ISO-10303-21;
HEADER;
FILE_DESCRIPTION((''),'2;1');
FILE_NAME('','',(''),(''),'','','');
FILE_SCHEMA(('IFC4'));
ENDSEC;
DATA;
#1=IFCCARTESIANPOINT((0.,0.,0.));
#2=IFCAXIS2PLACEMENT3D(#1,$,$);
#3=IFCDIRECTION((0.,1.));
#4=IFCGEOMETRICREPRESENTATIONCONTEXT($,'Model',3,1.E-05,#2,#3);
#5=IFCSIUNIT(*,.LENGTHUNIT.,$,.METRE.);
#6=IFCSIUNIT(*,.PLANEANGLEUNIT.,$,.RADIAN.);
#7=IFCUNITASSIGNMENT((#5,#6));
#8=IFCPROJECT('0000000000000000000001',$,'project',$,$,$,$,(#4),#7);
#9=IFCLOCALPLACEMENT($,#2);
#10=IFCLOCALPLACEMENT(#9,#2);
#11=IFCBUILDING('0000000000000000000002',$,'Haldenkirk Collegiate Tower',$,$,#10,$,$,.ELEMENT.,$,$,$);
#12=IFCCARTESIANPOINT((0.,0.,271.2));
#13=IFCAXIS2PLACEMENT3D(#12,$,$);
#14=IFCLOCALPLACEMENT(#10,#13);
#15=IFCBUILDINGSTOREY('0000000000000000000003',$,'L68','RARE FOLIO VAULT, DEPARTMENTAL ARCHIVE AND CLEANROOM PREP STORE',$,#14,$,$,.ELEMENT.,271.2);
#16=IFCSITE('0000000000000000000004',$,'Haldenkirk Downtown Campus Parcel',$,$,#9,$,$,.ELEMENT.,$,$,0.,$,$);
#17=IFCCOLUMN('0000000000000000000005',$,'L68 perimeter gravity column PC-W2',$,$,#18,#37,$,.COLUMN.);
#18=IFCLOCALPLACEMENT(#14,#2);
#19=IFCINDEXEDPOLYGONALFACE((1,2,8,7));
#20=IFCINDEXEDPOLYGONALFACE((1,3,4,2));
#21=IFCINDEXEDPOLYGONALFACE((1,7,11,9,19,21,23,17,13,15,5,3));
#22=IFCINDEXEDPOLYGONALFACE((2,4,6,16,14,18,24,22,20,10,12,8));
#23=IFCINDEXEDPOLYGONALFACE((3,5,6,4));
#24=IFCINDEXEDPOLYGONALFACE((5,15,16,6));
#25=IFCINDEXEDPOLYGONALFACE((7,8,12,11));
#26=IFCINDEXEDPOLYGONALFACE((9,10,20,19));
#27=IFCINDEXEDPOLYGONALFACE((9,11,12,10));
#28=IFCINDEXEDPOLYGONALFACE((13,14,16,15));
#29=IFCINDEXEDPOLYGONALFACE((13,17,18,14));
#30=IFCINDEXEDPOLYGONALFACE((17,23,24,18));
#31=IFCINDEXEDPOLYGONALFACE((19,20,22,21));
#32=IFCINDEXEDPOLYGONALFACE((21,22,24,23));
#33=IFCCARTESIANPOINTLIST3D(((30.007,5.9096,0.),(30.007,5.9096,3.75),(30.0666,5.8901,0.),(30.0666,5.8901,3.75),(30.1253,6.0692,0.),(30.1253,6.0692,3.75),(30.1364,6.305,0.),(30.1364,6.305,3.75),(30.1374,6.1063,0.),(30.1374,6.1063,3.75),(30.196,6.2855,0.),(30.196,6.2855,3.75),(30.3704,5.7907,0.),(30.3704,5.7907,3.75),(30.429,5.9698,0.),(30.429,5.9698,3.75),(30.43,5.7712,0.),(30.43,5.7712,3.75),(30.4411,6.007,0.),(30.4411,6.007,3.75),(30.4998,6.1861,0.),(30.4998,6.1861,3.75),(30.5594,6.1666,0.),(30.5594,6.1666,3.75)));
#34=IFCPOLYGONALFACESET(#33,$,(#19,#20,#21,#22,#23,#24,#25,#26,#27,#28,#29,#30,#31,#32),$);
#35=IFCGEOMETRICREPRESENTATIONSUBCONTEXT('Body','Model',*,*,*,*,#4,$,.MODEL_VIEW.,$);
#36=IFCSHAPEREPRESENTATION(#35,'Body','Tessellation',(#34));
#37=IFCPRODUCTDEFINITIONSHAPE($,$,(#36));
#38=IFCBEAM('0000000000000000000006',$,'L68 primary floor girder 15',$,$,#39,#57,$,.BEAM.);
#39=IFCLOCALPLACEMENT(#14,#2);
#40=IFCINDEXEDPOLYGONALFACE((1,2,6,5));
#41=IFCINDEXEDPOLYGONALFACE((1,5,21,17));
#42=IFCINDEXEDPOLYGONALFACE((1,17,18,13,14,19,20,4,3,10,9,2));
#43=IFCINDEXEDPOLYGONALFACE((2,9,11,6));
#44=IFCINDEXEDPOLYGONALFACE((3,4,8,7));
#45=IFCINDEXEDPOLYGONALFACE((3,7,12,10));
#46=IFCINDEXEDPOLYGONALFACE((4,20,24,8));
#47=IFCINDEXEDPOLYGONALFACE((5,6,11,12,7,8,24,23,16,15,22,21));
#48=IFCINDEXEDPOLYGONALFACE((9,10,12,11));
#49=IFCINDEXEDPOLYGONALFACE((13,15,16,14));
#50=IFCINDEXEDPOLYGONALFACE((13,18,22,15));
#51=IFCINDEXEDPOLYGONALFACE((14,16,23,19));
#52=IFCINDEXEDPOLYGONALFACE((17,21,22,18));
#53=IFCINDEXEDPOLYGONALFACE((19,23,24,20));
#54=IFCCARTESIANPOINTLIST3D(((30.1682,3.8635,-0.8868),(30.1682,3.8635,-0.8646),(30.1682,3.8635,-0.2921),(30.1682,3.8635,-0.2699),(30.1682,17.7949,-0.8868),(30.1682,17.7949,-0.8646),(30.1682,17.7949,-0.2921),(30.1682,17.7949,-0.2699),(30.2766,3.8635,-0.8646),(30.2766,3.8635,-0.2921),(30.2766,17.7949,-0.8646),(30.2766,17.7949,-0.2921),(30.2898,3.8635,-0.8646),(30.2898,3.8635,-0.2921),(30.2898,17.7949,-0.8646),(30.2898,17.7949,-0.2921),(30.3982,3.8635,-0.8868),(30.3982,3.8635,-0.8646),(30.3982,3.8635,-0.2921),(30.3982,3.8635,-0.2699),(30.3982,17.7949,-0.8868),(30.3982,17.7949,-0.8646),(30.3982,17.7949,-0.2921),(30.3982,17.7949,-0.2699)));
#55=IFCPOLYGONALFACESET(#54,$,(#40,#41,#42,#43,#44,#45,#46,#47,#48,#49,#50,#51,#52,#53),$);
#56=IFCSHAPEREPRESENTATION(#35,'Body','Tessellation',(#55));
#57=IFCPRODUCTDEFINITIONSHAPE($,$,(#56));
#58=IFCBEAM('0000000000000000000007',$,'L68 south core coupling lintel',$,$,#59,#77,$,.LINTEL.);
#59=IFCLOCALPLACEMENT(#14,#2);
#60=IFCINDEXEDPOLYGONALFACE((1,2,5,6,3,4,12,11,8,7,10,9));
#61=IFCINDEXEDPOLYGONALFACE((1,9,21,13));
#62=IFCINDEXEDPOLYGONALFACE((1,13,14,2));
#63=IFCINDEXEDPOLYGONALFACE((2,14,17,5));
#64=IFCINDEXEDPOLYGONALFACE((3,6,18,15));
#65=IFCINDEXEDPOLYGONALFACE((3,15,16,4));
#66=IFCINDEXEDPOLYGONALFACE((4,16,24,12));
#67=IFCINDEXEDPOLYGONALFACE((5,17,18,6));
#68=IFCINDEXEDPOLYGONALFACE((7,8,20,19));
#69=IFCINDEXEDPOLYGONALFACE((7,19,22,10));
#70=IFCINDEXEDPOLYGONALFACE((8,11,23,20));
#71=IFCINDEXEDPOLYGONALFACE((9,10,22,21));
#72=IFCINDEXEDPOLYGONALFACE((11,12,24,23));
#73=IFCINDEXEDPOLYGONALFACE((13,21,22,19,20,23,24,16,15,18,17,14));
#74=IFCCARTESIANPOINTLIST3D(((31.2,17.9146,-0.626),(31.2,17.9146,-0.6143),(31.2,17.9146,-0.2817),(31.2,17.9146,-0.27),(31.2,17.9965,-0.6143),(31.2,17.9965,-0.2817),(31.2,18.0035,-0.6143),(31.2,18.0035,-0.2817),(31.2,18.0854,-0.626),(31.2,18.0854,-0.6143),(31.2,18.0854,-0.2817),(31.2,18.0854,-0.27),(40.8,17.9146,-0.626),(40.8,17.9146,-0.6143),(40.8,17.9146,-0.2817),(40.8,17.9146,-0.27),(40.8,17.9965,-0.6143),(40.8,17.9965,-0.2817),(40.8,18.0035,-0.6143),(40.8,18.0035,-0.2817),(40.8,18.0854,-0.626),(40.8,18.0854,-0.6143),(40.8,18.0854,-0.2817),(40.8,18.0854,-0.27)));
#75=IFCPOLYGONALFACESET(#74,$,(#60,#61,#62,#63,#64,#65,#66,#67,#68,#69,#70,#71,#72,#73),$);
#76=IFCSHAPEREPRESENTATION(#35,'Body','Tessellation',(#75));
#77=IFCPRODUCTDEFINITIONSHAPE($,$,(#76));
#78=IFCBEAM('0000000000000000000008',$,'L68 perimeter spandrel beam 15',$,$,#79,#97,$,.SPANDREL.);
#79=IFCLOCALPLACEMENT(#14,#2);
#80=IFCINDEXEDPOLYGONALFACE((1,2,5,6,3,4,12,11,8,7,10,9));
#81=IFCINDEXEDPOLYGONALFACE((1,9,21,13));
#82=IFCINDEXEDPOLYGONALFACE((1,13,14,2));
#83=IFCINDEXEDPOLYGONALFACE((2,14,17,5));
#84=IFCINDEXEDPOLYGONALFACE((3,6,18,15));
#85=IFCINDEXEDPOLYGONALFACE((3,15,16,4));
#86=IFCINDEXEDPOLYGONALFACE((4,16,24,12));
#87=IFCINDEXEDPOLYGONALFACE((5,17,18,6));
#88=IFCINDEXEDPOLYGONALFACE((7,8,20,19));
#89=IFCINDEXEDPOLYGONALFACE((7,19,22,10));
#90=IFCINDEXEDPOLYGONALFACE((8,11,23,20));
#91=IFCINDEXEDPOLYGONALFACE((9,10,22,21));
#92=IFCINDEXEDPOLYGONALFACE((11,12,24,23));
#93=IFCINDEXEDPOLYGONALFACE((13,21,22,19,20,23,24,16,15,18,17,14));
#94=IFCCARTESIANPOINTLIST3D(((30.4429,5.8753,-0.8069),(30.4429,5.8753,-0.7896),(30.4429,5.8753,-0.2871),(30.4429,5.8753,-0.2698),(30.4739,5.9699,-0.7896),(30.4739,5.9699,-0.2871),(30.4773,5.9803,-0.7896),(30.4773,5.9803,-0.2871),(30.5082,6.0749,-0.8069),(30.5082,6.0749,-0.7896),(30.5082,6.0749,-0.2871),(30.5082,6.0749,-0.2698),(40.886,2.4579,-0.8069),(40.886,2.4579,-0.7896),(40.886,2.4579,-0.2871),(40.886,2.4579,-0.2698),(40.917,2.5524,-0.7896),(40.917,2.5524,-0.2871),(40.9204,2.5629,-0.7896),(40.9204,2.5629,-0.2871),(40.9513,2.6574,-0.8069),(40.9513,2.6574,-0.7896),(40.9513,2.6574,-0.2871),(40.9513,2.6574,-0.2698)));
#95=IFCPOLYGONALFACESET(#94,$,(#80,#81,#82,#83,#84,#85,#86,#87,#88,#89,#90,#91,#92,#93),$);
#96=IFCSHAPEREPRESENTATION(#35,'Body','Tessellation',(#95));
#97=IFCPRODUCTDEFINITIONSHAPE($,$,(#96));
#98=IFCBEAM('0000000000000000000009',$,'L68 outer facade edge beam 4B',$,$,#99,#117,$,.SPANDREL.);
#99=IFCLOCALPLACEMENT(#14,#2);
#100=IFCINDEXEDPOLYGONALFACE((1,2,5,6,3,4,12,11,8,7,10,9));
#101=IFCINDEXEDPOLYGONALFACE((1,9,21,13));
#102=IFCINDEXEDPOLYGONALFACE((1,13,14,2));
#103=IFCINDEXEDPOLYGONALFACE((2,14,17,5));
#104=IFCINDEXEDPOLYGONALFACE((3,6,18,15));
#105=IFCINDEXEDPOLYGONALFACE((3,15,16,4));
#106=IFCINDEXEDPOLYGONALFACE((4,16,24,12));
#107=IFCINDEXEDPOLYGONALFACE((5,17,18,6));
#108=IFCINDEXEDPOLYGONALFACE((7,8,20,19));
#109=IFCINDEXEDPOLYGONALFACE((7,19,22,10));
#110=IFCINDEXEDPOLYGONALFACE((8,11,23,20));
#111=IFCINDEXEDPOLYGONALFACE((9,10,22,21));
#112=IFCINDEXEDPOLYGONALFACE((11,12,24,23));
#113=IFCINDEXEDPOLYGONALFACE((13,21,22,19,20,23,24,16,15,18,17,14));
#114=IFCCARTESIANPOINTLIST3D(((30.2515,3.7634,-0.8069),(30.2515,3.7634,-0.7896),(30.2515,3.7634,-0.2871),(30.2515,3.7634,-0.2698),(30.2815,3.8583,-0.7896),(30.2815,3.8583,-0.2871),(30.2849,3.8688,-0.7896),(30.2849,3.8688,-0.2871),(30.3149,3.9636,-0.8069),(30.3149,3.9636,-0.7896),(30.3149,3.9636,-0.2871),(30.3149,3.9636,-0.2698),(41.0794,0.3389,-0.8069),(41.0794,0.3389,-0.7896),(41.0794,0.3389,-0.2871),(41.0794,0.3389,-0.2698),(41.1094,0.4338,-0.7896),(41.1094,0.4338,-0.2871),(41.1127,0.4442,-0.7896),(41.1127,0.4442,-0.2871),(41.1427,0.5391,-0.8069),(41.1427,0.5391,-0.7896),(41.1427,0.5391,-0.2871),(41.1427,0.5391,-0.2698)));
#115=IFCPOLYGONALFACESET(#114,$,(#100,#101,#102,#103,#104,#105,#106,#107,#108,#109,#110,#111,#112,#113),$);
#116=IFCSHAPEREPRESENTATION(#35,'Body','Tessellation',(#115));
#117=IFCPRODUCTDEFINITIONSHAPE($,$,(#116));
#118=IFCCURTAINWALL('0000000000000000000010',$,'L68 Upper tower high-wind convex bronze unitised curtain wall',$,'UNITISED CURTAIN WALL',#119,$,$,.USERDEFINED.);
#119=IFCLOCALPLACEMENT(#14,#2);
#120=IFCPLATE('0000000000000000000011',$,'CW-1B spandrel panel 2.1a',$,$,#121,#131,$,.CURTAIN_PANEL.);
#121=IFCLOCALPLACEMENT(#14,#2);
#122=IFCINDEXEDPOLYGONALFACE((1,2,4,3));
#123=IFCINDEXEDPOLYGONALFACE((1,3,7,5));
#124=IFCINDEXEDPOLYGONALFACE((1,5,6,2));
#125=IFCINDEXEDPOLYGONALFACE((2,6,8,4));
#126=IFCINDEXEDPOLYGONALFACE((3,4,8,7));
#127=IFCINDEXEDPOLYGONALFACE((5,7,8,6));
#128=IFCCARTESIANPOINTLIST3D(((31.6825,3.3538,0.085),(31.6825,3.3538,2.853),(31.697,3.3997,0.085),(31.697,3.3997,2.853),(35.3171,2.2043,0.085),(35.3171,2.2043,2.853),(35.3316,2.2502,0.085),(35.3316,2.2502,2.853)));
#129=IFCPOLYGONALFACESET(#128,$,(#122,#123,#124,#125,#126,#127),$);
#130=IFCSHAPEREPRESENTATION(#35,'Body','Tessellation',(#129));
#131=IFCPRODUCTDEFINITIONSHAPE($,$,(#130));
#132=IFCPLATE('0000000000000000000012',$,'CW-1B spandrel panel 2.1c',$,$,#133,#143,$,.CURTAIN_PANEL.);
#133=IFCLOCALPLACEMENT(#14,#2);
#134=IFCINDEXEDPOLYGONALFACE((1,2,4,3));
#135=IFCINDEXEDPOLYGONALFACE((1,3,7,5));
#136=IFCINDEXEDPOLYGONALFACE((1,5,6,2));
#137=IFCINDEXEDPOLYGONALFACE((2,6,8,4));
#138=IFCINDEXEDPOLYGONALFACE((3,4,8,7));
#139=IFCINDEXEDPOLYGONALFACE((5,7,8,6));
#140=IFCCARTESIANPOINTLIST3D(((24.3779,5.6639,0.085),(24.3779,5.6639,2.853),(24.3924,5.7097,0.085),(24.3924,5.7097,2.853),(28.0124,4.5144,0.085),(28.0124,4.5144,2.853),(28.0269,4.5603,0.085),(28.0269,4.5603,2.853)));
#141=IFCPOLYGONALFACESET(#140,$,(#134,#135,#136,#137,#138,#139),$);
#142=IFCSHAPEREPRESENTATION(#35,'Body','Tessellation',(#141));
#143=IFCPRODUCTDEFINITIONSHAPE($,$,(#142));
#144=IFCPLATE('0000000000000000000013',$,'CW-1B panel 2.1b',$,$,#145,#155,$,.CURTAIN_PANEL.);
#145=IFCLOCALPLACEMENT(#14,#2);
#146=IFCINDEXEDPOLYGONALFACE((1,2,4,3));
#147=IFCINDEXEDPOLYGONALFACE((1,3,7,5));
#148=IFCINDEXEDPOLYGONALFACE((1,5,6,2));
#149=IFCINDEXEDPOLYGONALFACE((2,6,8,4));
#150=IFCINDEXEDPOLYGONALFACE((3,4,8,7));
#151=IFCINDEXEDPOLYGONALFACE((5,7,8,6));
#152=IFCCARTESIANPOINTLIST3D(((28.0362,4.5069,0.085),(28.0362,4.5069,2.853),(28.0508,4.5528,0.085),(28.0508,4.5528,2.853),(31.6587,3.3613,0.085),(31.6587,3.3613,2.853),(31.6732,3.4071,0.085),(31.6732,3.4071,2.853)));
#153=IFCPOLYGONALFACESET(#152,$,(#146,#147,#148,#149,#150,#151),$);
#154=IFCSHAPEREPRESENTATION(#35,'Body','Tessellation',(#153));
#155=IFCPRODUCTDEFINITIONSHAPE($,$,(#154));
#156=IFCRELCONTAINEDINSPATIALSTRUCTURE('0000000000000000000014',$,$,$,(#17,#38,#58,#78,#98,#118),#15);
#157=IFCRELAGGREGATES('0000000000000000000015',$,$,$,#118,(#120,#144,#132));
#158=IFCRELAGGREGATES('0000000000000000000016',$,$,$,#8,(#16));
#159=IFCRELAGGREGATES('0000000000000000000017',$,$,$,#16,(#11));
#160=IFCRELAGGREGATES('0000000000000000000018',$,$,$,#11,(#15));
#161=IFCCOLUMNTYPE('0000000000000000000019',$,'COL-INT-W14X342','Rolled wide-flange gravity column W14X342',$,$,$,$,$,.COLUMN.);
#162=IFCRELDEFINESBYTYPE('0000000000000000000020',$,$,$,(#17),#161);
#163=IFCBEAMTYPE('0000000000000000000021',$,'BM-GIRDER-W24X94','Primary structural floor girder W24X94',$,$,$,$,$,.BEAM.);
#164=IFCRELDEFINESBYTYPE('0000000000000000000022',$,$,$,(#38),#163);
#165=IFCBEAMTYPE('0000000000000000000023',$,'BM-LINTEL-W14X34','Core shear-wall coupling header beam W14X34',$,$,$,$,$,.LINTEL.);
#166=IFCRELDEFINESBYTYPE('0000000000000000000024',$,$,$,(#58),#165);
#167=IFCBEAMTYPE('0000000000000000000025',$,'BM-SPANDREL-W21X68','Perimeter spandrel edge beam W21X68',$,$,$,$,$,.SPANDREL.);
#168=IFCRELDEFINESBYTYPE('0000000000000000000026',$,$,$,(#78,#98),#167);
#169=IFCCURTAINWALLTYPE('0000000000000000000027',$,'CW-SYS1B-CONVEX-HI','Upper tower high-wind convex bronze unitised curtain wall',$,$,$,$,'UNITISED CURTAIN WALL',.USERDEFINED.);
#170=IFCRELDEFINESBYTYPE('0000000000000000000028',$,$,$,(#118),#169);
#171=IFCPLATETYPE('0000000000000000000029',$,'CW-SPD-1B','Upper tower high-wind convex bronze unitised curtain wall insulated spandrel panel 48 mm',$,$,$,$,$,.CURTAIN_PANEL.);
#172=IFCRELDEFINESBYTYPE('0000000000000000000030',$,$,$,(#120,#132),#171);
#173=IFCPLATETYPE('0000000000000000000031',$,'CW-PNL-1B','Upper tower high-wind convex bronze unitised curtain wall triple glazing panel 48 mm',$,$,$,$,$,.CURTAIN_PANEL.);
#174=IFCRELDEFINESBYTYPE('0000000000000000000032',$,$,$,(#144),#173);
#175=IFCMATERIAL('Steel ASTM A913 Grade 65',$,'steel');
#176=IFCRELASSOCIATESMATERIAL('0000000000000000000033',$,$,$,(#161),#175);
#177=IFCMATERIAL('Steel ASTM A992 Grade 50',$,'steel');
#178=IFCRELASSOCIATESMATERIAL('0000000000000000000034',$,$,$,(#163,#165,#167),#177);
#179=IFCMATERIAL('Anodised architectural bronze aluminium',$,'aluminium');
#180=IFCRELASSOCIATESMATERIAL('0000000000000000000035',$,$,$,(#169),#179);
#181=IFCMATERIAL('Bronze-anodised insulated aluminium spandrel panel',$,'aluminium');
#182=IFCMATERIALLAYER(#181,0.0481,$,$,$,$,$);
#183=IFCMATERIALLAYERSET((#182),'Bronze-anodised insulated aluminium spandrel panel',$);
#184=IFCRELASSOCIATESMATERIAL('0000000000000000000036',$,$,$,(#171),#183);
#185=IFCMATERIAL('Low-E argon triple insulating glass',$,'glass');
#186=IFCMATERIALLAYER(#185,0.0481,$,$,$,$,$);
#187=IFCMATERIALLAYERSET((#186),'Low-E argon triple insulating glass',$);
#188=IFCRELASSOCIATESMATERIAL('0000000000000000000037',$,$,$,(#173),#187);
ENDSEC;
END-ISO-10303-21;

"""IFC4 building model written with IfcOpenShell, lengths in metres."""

from ifc_helpers import new_model, si_unit, direction, frame, origin, origin_2d, place, context, subcontext, project, spatial, rectangle, i_section, extrude, source, transform, mapped, material, layer, layer_set, material_profile, profile_set, type_object, element, aggregate, save


model = new_model("IFC4")

# Units and contexts
model_context = context("Model", 3, precision=1e-05, world=origin(), true_north=direction((0.0, 1.0)))
body_context = subcontext(model_context, "Body", "Model", "MODEL_VIEW")
ifc_project = project(units=[si_unit("LENGTHUNIT", "METRE"), si_unit("PLANEANGLEUNIT", "RADIAN")], contexts=[model_context])

# Site, building, storey
site_placement = place(None, origin())
site = spatial("IfcSite", under=ifc_project, at=site_placement, Name="Haldenkirk Downtown Campus Parcel", CompositionType="ELEMENT", RefElevation=0.0)
building_placement = place(site_placement, origin())
building = spatial("IfcBuilding", under=site, at=building_placement, Name="Haldenkirk Collegiate Tower", CompositionType="ELEMENT")
storey_placement = place(building_placement, frame((0.0, 0.0, 271.2)))
storey = spatial("IfcBuildingStorey", under=building, at=storey_placement, Name="L68", Description="RARE FOLIO VAULT, DEPARTMENTAL ARCHIVE AND CLEANROOM PREP STORE", CompositionType="ELEMENT", Elevation=271.2)

# Column
ifc_material_1 = material(Name="Steel ASTM A913 Grade 65", Category="steel")
ifc_material_profile_1 = material_profile(ifc_material_1, i_section(OverallWidth=0.416, OverallDepth=0.4451, WebThickness=0.0391, FlangeThickness=0.0627, at=origin_2d()), Name="W14X342")
ifc_profile_set_1 = profile_set([ifc_material_profile_1], Name="Steel ASTM A913 Grade 65")
column_type = type_object("IfcColumnType", Name="COL-INT-W14X342", Description="Rolled wide-flange gravity column W14X342", PredefinedType="COLUMN", material=ifc_profile_set_1)
column_placement = place(storey_placement, frame((30.2832, 6.0381, 0.0), z_axis=(0.0, 0.0, 1.0), x_axis=(0.311008, 0.950407, 0.0)))
element("IfcColumn", 1, at=column_placement, inside=storey, type_object=column_type, Name="L68 perimeter gravity column PC-W2", PredefinedType="COLUMN", context=body_context, shape_type="SweptSolid", body=[
    extrude(i_section(OverallWidth=0.416, OverallDepth=0.4451, WebThickness=0.0391, FlangeThickness=0.0627, at=origin_2d()), origin(), (0.0, 0.0, 1.0), 3.75),
])

# Beams
ifc_material_2 = material(Name="Steel ASTM A992 Grade 50", Category="steel")
ifc_material_profile_2 = material_profile(ifc_material_2, i_section(OverallWidth=0.23, OverallDepth=0.6169, WebThickness=0.0132, FlangeThickness=0.0222, at=origin_2d()), Name="W24X94")
ifc_profile_set_2 = profile_set([ifc_material_profile_2], Name="Steel ASTM A992 Grade 50")
beam_type_1 = type_object("IfcBeamType", Name="BM-GIRDER-W24X94", Description="Primary structural floor girder W24X94", PredefinedType="BEAM", material=ifc_profile_set_2)
beam_1_placement = place(storey_placement, frame((30.2832, 3.8635, -0.5784), z_axis=(0.0, 1.0, 0.0), x_axis=(-1.0, 0.0, 0.0)))
element("IfcBeam", 2, at=beam_1_placement, inside=storey, type_object=beam_type_1, Name="L68 primary floor girder 15", PredefinedType="BEAM", context=body_context, shape_type="SweptSolid", body=[
    extrude(i_section(OverallWidth=0.23, OverallDepth=0.6169, WebThickness=0.0132, FlangeThickness=0.0222, at=origin_2d()), origin(), (0.0, 0.0, 1.0), 13.9314),
])
ifc_material_profile_3 = material_profile(ifc_material_2, i_section(OverallWidth=0.1709, OverallDepth=0.356, WebThickness=0.0071, FlangeThickness=0.0117, at=origin_2d()), Name="W14X34")
ifc_profile_set_3 = profile_set([ifc_material_profile_3], Name="Steel ASTM A992 Grade 50")
beam_type_2 = type_object("IfcBeamType", Name="BM-LINTEL-W14X34", Description="Core shear-wall coupling header beam W14X34", PredefinedType="LINTEL", material=ifc_profile_set_3)
beam_2_placement = place(storey_placement, frame((31.2, 18.0, -0.448), z_axis=(1.0, 0.0, 0.0), x_axis=(0.0, 1.0, 0.0)))
element("IfcBeam", 3, at=beam_2_placement, inside=storey, type_object=beam_type_2, Name="L68 south core coupling lintel", PredefinedType="LINTEL", context=body_context, shape_type="SweptSolid", body=[
    extrude(i_section(OverallWidth=0.1709, OverallDepth=0.356, WebThickness=0.0071, FlangeThickness=0.0117, at=origin_2d()), origin(), (0.0, 0.0, 1.0), 9.6001),
])
ifc_material_profile_4 = material_profile(ifc_material_2, i_section(OverallWidth=0.21, OverallDepth=0.5371, WebThickness=0.011, FlangeThickness=0.0173, at=origin_2d()), Name="W21X68")
ifc_profile_set_4 = profile_set([ifc_material_profile_4], Name="Steel ASTM A992 Grade 50")
beam_type_3 = type_object("IfcBeamType", Name="BM-SPANDREL-W21X68", Description="Perimeter spandrel edge beam W21X68", PredefinedType="SPANDREL", material=ifc_profile_set_4)
beam_3_placement = place(storey_placement, frame((30.4756, 5.9751, -0.5383), z_axis=(0.950404, -0.311017, 0.0), x_axis=(0.311017, 0.950404, 0.0)))
element("IfcBeam", 4, at=beam_3_placement, inside=storey, type_object=beam_type_3, Name="L68 perimeter spandrel beam 15", PredefinedType="SPANDREL", context=body_context, shape_type="SweptSolid", body=[
    extrude(i_section(OverallWidth=0.21, OverallDepth=0.5371, WebThickness=0.011, FlangeThickness=0.0173, at=origin_2d()), origin(), (0.0, 0.0, 1.0), 10.988),
])
beam_4_placement = place(storey_placement, frame((30.2832, 3.8635, -0.5383), z_axis=(0.95345, -0.30155, 0.0), x_axis=(0.30155, 0.95345, 0.0)))
element("IfcBeam", 5, at=beam_4_placement, inside=storey, type_object=beam_type_3, Name="L68 outer facade edge beam 4B", PredefinedType="SPANDREL", context=body_context, shape_type="SweptSolid", body=[
    extrude(i_section(OverallWidth=0.21, OverallDepth=0.5371, WebThickness=0.011, FlangeThickness=0.0173, at=origin_2d()), origin(), (0.0, 0.0, 1.0), 11.3564),
])

# Curtain wall, plates
ifc_material_3 = material(Name="Anodised architectural bronze aluminium", Category="aluminium")
curtain_wall_type = type_object("IfcCurtainWallType", Name="CW-SYS1B-CONVEX-HI", Description="Upper tower high-wind convex bronze unitised curtain wall", ElementType="UNITISED CURTAIN WALL", PredefinedType="USERDEFINED", material=ifc_material_3)
curtain_wall_placement = place(storey_placement, origin())
curtain_wall = element("IfcCurtainWall", 6, at=curtain_wall_placement, inside=storey, type_object=curtain_wall_type, Name="L68 Upper tower high-wind convex bronze unitised curtain wall", ObjectType="UNITISED CURTAIN WALL", PredefinedType="USERDEFINED")
ifc_material_4 = material(Name="Bronze-anodised insulated aluminium spandrel panel", Category="aluminium")
ifc_layer_1 = layer(ifc_material_4, 0.0481)
ifc_layer_set_1 = layer_set([ifc_layer_1], Name="Bronze-anodised insulated aluminium spandrel panel")
plate_type_1 = type_object("IfcPlateType", Name="CW-SPD-1B", Description="Upper tower high-wind convex bronze unitised curtain wall insulated spandrel panel 48 mm", PredefinedType="CURTAIN_PANEL", material=ifc_layer_set_1)
shared_shape_1 = source(origin(), body_context, "Body", "SweptSolid", [
    extrude(rectangle(XDim=3.812, YDim=0.0481, at=origin_2d()), origin(), (0.0, 0.0, 1.0), 2.7681),
])
plate_1_placement = place(storey_placement, frame((33.5071, 2.802, 0.085), z_axis=(0.0, 0.0, 1.0), x_axis=(-0.953454, 0.301537, 0.0)))
plate_1 = element("IfcPlate", 7, at=plate_1_placement, type_object=plate_type_1, Name="CW-1B spandrel panel 2.1a", PredefinedType="CURTAIN_PANEL", context=body_context, shape_type="MappedRepresentation", body=[
    mapped(shared_shape_1, transform((0.0, 0.0, 0.0), x_axis=(1.0, 0.0, 0.0), y_axis=(0.0, 1.0, 0.0), z_axis=(0.0, 0.0, 1.0), scale=1.0)),
])
plate_2_placement = place(storey_placement, frame((26.2024, 5.1121, 0.085), z_axis=(0.0, 0.0, 1.0), x_axis=(-0.953454, 0.301537, 0.0)))
plate_2 = element("IfcPlate", 8, at=plate_2_placement, type_object=plate_type_1, Name="CW-1B spandrel panel 2.1c", PredefinedType="CURTAIN_PANEL", context=body_context, shape_type="MappedRepresentation", body=[
    mapped(shared_shape_1, transform((0.0, 0.0, 0.0), x_axis=(1.0, 0.0, 0.0), y_axis=(0.0, 1.0, 0.0), z_axis=(0.0, 0.0, 1.0), scale=1.0)),
])
ifc_material_5 = material(Name="Low-E argon triple insulating glass", Category="glass")
ifc_layer_2 = layer(ifc_material_5, 0.0481)
ifc_layer_set_2 = layer_set([ifc_layer_2], Name="Low-E argon triple insulating glass")
plate_type_2 = type_object("IfcPlateType", Name="CW-PNL-1B", Description="Upper tower high-wind convex bronze unitised curtain wall triple glazing panel 48 mm", PredefinedType="CURTAIN_PANEL", material=ifc_layer_set_2)
shared_shape_2 = source(origin(), body_context, "Body", "SweptSolid", [
    extrude(rectangle(XDim=3.7993, YDim=0.0481, at=origin_2d()), origin(), (0.0, 0.0, 1.0), 2.7681),
])
plate_3_placement = place(storey_placement, frame((29.8547, 3.957, 0.085), z_axis=(0.0, 0.0, 1.0), x_axis=(-0.953454, 0.301537, 0.0)))
plate_3 = element("IfcPlate", 9, at=plate_3_placement, type_object=plate_type_2, Name="CW-1B panel 2.1b", PredefinedType="CURTAIN_PANEL", context=body_context, shape_type="MappedRepresentation", body=[
    mapped(shared_shape_2, transform((0.0, 0.0, 0.0), x_axis=(1.0, 0.0, 0.0), y_axis=(0.0, 1.0, 0.0), z_axis=(0.0, 0.0, 1.0), scale=1.0)),
])
aggregate(curtain_wall, [plate_1, plate_3, plate_2])

save(model, "model.ifc")
